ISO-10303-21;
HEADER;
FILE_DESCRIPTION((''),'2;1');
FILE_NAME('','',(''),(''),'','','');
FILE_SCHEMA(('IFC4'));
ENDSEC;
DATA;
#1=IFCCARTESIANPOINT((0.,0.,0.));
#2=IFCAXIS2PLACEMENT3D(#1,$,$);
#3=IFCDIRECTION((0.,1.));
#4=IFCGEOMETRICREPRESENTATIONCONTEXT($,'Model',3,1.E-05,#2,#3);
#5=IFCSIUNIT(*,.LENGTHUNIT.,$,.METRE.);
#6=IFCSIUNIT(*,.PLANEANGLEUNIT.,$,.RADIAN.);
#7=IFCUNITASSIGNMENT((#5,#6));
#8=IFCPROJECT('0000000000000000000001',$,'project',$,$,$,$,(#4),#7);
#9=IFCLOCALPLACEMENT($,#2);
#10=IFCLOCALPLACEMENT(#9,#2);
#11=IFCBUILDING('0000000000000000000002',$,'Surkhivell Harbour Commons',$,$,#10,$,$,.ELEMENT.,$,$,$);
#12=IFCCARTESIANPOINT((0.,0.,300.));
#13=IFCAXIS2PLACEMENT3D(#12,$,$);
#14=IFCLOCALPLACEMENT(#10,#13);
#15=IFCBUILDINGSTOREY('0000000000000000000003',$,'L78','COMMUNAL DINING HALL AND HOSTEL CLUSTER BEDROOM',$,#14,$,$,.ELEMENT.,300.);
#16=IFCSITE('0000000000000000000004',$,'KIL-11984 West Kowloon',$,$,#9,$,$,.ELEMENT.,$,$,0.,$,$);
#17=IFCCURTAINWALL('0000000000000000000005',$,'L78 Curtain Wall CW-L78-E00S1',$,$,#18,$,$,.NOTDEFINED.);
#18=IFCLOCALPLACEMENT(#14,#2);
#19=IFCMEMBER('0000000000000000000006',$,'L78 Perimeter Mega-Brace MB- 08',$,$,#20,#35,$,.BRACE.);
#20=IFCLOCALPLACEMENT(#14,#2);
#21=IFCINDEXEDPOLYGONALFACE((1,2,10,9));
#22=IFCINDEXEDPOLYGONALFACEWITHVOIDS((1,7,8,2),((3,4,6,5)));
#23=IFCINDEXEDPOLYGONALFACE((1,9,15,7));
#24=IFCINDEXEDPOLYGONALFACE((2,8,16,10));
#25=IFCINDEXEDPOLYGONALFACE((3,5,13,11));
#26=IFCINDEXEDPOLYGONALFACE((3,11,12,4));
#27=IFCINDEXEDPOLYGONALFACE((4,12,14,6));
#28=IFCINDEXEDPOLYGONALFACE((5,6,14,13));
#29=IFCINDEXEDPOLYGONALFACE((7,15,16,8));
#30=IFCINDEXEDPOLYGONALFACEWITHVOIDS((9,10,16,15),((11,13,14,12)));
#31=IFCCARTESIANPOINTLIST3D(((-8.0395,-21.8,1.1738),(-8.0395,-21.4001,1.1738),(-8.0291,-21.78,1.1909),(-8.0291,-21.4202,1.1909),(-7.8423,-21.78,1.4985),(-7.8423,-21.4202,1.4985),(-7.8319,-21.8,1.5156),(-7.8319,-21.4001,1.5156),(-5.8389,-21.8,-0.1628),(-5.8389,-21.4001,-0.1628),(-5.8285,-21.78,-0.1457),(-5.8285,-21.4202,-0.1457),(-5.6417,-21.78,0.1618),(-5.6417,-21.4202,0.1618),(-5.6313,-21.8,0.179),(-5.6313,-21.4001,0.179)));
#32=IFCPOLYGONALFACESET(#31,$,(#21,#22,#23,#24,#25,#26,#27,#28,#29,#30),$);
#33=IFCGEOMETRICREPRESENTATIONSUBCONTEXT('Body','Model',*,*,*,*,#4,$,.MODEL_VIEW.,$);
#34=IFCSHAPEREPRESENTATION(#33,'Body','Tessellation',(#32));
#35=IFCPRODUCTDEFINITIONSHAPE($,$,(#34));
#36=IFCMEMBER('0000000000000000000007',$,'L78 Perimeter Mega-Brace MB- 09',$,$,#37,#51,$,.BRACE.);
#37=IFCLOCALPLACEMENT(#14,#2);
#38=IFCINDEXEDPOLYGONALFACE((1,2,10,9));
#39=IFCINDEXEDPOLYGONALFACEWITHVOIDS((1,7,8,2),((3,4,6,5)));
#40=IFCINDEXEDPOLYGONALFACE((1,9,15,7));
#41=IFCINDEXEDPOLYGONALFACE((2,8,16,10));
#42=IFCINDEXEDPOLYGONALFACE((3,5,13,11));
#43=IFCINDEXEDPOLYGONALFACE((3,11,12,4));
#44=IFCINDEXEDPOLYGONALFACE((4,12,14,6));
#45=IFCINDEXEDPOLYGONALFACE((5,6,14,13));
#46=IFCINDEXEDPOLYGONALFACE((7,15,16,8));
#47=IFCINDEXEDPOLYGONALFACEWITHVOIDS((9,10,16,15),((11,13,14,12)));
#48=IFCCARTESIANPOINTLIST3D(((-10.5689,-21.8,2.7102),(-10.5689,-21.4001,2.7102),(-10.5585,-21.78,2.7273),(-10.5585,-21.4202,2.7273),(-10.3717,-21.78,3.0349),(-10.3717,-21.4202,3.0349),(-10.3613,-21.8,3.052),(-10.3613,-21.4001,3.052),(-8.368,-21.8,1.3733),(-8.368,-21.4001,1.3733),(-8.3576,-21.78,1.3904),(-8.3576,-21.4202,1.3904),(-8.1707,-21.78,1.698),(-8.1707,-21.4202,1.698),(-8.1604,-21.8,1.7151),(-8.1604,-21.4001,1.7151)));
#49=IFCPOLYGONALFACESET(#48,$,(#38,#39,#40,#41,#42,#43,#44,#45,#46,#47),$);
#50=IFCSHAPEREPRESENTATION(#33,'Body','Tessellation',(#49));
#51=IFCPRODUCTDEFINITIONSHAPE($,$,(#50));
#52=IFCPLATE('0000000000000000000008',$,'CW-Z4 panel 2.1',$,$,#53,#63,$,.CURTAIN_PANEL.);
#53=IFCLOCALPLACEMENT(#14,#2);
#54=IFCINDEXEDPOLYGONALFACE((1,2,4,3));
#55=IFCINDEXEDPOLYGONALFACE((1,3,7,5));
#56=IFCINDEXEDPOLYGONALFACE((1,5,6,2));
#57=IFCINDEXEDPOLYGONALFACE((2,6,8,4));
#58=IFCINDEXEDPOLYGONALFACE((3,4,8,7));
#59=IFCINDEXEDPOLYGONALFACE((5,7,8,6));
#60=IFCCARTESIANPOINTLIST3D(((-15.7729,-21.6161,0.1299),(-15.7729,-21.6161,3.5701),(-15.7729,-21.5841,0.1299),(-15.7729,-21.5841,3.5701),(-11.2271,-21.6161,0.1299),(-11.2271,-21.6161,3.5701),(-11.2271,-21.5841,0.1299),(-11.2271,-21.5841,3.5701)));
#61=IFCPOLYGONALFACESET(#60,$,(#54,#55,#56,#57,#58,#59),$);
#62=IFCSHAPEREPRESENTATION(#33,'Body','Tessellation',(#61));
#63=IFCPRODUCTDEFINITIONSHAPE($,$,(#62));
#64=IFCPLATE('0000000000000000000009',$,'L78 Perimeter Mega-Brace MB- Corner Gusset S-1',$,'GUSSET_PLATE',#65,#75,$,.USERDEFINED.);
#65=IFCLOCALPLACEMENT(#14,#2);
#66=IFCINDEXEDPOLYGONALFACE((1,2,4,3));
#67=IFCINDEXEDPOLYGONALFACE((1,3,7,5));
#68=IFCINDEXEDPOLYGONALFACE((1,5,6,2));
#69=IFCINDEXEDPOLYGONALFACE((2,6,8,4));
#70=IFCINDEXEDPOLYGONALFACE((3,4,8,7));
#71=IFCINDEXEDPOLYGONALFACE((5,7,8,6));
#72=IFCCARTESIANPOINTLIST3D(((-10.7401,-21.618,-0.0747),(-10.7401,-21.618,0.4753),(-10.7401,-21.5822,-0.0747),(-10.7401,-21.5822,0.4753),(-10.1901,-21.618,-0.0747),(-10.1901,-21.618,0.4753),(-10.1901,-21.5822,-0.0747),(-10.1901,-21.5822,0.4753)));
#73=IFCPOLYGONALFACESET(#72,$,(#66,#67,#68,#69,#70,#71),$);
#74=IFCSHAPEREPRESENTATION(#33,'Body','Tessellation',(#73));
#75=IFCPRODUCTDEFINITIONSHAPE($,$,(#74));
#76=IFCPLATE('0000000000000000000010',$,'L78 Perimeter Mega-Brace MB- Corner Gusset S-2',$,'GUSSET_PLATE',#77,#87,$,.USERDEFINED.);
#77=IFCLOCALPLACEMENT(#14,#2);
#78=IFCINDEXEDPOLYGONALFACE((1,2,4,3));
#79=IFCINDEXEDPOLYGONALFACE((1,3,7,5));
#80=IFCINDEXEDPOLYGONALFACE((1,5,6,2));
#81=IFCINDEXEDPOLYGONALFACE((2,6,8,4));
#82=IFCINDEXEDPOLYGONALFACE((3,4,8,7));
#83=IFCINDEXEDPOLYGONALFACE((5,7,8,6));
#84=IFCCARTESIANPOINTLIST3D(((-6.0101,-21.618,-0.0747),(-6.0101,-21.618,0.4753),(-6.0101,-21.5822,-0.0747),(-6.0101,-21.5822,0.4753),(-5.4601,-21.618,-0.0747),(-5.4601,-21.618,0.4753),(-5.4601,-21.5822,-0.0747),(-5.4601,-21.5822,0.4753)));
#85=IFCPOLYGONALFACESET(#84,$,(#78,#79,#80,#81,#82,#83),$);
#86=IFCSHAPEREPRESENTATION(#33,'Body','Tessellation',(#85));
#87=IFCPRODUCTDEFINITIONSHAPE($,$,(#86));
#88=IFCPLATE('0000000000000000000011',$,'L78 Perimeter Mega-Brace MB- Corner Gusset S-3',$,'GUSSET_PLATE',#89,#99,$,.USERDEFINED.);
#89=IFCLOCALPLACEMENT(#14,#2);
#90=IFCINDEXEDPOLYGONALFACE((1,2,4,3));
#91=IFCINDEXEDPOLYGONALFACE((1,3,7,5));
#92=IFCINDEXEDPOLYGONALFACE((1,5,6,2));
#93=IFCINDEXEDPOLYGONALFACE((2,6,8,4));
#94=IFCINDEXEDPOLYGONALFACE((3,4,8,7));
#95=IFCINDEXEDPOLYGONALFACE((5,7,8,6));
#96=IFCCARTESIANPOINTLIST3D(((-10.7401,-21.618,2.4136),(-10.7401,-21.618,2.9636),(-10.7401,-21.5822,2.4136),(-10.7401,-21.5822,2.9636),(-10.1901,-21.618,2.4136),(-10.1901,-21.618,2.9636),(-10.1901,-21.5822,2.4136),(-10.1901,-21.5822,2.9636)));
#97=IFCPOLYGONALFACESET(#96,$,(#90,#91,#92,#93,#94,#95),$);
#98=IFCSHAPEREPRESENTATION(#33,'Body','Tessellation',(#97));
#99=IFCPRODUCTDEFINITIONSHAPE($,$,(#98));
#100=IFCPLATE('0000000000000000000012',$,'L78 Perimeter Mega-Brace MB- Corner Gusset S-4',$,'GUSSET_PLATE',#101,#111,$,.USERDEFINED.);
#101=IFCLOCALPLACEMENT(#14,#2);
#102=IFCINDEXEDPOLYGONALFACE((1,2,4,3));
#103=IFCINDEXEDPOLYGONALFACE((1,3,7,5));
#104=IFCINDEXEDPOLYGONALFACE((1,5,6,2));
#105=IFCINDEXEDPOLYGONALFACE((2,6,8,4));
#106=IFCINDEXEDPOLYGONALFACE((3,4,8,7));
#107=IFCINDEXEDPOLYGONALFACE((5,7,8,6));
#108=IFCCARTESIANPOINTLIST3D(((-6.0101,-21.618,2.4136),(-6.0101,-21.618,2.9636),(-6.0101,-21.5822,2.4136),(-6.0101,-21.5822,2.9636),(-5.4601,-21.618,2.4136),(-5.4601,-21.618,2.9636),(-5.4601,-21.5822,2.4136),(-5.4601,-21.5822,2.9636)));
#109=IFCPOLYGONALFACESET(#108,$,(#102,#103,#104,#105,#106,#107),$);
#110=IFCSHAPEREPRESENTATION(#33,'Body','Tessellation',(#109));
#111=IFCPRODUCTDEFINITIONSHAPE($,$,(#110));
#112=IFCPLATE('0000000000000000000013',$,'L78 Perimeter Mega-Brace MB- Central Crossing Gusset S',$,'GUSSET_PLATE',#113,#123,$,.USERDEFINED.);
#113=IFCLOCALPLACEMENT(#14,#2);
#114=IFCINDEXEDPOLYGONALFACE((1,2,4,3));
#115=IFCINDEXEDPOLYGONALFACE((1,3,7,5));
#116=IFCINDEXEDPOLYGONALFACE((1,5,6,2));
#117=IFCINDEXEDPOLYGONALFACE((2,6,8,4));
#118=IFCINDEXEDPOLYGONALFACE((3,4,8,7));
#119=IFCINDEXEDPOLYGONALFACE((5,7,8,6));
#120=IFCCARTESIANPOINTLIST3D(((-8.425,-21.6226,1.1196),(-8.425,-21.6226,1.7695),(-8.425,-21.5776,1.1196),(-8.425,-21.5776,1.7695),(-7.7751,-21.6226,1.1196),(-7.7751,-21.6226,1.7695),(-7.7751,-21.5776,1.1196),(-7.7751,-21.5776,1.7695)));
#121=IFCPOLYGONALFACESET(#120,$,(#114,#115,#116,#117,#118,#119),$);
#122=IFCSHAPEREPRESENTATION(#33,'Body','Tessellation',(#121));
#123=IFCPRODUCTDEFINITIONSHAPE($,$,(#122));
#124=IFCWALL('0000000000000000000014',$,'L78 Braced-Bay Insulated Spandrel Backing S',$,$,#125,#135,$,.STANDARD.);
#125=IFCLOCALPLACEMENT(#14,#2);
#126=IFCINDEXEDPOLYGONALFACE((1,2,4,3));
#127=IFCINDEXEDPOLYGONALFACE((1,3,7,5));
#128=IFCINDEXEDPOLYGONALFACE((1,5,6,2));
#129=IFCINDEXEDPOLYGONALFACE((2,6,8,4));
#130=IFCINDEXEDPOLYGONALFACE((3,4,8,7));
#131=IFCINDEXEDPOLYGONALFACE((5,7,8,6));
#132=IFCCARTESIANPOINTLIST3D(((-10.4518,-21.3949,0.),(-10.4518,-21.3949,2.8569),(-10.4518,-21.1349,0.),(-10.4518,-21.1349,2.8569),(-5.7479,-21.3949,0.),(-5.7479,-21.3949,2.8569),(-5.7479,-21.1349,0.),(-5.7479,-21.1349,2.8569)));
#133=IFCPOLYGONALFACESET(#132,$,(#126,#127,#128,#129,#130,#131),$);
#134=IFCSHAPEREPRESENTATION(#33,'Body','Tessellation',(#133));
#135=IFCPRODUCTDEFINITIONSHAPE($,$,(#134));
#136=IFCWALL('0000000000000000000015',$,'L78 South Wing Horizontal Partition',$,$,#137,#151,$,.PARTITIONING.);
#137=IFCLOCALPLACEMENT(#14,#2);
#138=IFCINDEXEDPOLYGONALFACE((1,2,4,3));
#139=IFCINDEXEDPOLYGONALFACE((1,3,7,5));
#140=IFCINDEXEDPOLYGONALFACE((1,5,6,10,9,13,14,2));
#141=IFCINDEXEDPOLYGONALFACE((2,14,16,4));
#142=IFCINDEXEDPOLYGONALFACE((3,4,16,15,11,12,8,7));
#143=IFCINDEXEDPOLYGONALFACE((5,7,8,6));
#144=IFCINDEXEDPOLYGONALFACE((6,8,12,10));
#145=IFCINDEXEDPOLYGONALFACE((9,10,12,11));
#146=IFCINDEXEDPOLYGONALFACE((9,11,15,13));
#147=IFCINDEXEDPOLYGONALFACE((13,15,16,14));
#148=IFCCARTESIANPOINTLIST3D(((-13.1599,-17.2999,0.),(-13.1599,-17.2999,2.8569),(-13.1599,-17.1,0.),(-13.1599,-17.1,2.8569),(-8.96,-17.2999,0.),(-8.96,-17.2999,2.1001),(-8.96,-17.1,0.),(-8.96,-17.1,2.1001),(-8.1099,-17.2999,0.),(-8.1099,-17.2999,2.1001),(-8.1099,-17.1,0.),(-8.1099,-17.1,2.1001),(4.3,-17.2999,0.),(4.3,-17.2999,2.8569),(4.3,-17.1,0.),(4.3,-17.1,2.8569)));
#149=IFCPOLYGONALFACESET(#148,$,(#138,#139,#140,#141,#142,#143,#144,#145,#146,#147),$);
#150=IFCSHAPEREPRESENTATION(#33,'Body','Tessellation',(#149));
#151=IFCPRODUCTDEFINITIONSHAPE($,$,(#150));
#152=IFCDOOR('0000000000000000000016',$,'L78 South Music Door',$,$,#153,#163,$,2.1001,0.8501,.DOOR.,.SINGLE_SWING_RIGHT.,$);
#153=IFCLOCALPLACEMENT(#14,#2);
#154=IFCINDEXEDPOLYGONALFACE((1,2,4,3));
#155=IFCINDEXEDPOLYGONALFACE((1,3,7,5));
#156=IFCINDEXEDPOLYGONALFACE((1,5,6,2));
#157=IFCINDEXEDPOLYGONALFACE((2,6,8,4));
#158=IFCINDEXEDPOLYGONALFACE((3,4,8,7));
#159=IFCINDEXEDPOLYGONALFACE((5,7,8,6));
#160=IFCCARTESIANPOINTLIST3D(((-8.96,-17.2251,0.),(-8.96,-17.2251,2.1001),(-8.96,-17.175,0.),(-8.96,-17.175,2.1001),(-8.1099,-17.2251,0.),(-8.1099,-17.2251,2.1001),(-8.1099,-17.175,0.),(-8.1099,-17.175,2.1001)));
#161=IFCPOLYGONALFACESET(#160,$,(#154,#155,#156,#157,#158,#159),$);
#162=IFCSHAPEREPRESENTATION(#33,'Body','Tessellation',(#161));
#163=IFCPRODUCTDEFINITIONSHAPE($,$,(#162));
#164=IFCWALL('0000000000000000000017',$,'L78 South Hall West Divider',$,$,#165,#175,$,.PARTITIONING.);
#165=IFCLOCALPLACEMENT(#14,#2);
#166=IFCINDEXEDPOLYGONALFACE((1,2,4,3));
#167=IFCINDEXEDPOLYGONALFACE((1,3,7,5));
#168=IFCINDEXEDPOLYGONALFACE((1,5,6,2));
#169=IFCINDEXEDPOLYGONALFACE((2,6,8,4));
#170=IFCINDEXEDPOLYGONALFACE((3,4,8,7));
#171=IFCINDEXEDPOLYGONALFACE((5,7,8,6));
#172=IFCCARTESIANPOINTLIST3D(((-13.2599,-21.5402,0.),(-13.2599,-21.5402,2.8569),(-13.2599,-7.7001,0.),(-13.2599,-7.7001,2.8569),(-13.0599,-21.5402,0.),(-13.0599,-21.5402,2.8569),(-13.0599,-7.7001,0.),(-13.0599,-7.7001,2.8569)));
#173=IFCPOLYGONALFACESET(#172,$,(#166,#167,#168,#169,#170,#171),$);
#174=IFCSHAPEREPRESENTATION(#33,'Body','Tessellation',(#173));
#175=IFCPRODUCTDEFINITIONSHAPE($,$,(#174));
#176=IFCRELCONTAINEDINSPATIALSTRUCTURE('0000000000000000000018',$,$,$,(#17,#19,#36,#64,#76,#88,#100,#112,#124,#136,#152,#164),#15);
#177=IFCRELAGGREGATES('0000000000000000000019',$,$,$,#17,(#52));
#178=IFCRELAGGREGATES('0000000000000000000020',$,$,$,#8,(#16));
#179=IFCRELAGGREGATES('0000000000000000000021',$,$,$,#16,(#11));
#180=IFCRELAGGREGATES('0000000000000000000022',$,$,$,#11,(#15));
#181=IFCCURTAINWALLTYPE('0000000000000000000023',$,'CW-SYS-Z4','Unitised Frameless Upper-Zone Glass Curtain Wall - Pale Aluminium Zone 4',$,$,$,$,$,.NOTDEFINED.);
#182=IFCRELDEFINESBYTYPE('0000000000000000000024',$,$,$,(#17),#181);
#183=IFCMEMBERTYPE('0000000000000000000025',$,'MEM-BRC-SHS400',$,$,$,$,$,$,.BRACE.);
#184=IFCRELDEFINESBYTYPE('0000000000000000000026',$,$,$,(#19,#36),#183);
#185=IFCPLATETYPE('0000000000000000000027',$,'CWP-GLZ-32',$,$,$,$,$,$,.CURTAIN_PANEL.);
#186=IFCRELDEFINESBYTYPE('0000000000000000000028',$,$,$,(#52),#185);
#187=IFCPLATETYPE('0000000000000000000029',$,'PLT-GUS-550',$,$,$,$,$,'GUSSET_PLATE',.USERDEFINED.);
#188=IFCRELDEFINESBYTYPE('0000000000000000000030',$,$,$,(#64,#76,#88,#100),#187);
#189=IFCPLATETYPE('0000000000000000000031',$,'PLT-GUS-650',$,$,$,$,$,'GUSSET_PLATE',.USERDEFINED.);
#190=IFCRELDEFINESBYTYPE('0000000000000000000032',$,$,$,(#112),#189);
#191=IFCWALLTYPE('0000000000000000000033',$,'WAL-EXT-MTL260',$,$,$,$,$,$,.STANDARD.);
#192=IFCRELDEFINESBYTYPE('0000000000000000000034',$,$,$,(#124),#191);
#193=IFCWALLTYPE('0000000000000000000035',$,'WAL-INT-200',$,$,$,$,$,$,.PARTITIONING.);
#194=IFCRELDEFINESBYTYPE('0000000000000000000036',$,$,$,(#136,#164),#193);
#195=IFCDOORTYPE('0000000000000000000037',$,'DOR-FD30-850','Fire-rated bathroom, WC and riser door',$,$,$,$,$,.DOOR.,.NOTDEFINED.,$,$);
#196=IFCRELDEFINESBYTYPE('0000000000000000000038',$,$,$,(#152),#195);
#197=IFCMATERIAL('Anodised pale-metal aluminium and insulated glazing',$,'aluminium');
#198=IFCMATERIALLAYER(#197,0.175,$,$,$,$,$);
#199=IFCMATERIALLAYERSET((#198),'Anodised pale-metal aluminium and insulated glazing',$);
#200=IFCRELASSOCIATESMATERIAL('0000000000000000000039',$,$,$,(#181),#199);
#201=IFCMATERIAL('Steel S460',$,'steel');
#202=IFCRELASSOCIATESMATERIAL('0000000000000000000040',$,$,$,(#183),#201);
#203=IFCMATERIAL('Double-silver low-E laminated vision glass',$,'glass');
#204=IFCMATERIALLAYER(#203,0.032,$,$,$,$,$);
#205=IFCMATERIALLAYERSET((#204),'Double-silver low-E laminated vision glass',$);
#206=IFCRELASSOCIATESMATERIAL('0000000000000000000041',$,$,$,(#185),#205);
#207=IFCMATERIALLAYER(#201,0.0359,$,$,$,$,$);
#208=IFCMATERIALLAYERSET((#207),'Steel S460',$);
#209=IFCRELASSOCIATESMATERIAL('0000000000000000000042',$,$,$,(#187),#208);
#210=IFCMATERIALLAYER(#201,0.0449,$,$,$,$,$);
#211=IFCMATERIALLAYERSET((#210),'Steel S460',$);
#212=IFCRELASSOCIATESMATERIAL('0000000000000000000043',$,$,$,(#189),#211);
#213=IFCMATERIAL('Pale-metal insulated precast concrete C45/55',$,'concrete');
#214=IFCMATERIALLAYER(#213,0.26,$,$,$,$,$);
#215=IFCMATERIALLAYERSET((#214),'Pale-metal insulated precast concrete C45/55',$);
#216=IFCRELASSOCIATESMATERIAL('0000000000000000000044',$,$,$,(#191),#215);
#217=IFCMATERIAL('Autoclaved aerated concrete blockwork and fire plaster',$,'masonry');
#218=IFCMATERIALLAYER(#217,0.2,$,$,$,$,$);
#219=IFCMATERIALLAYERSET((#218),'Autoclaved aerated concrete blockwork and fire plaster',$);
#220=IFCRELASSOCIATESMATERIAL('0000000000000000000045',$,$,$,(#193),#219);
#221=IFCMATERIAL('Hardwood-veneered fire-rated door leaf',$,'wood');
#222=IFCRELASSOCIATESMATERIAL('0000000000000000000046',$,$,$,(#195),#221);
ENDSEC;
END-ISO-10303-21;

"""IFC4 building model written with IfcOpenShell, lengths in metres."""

from ifc_helpers import new_model, si_unit, direction, frame, frame_2d, origin, origin_2d, place, context, subcontext, project, spatial, rectangle, hollow_rectangle, extrude, material, layer, layer_set, material_profile, profile_set, type_object, element, fill, aggregate, save


model = new_model("IFC4")

# Units and contexts
model_context = context("Model", 3, precision=1e-05, world=origin(), true_north=direction((0.0, 1.0)))
body_context = subcontext(model_context, "Body", "Model", "MODEL_VIEW")
ifc_project = project(units=[si_unit("LENGTHUNIT", "METRE"), si_unit("PLANEANGLEUNIT", "RADIAN")], contexts=[model_context])

# Site, building, storey
site_placement = place(None, origin())
site = spatial("IfcSite", under=ifc_project, at=site_placement, Name="KIL-11984 West Kowloon", CompositionType="ELEMENT", RefElevation=0.0)
building_placement = place(site_placement, origin())
building = spatial("IfcBuilding", under=site, at=building_placement, Name="Surkhivell Harbour Commons", CompositionType="ELEMENT")
storey_placement = place(building_placement, frame((0.0, 0.0, 300.0)))
storey = spatial("IfcBuildingStorey", under=building, at=storey_placement, Name="L78", Description="COMMUNAL DINING HALL AND HOSTEL CLUSTER BEDROOM", CompositionType="ELEMENT", Elevation=300.0)

# Curtain wall
ifc_material_1 = material(Name="Anodised pale-metal aluminium and insulated glazing", Category="aluminium")
ifc_layer_1 = layer(ifc_material_1, 0.175)
ifc_layer_set_1 = layer_set([ifc_layer_1], Name="Anodised pale-metal aluminium and insulated glazing")
curtain_wall_type = type_object("IfcCurtainWallType", Name="CW-SYS-Z4", Description="Unitised Frameless Upper-Zone Glass Curtain Wall - Pale Aluminium Zone 4", PredefinedType="NOTDEFINED", material=ifc_layer_set_1)
curtain_wall_placement = place(storey_placement, origin())
curtain_wall = element("IfcCurtainWall", 1, at=curtain_wall_placement, inside=storey, type_object=curtain_wall_type, Name="L78 Curtain Wall CW-L78-E00S1", PredefinedType="NOTDEFINED")

# Members
ifc_material_2 = material(Name="Steel S460", Category="steel")
ifc_material_profile_1 = material_profile(ifc_material_2, hollow_rectangle(XDim=0.3999, YDim=0.3999, WallThickness=0.02, at=origin_2d()), Name="SHS400x400x20")
ifc_profile_set_1 = profile_set([ifc_material_profile_1], Name="Steel S460")
member_type_1 = type_object("IfcMemberType", Name="MEM-BRC-SHS400", PredefinedType="BRACE", material=ifc_profile_set_1)
member_1_placement = place(storey_placement, frame((-5.7351, -21.6001, 0.0081), z_axis=(-0.854694, 0.0, 0.519132), x_axis=(0.0, -1.0, 0.0)))
element("IfcMember", 2, at=member_1_placement, inside=storey, type_object=member_type_1, Name="L78 Perimeter Mega-Brace MB- 08", PredefinedType="BRACE", context=body_context, shape_type="SweptSolid", body=[
    extrude(hollow_rectangle(XDim=0.3999, YDim=0.3999, WallThickness=0.02, at=origin_2d()), origin(), (0.0, 0.0, 1.0), 2.5747),
])
member_2_placement = place(storey_placement, frame((-8.2642, -21.6001, 1.5442), z_axis=(-0.854678, 0.0, 0.519159), x_axis=(0.0, -1.0, 0.0)))
element("IfcMember", 3, at=member_2_placement, inside=storey, type_object=member_type_1, Name="L78 Perimeter Mega-Brace MB- 09", PredefinedType="BRACE", context=body_context, shape_type="SweptSolid", body=[
    extrude(hollow_rectangle(XDim=0.3999, YDim=0.3999, WallThickness=0.02, at=origin_2d()), origin(), (0.0, 0.0, 1.0), 2.5752),
])

# Plate
ifc_material_3 = material(Name="Double-silver low-E laminated vision glass", Category="glass")
ifc_layer_2 = layer(ifc_material_3, 0.032)
ifc_layer_set_2 = layer_set([ifc_layer_2], Name="Double-silver low-E laminated vision glass")
plate_type_1 = type_object("IfcPlateType", Name="CWP-GLZ-32", PredefinedType="CURTAIN_PANEL", material=ifc_layer_set_2)
plate_1_placement = place(storey_placement, frame((-15.7729, -21.6001, 0.1299), z_axis=(0.0, 0.0, 1.0), x_axis=(1.0, 0.0, 0.0)))
plate_1 = element("IfcPlate", 4, at=plate_1_placement, type_object=plate_type_1, Name="CW-Z4 panel 2.1", PredefinedType="CURTAIN_PANEL", context=body_context, shape_type="SweptSolid", body=[
    extrude(rectangle(XDim=4.5459, YDim=0.032, at=frame_2d((2.2729, 0.0))), origin(), (0.0, 0.0, 1.0), 3.4402),
])
aggregate(curtain_wall, [plate_1])

# Plates
ifc_layer_3 = layer(ifc_material_2, 0.0359)
ifc_layer_set_3 = layer_set([ifc_layer_3], Name="Steel S460")
plate_type_2 = type_object("IfcPlateType", Name="PLT-GUS-550", ElementType="GUSSET_PLATE", PredefinedType="USERDEFINED", material=ifc_layer_set_3)
for number, where, z_axis, x_axis, name in (
    (5, (-10.4651, -21.6001, -0.0747), (0.0, 0.0, 1.0), (1.0, 0.0, 0.0), "L78 Perimeter Mega-Brace MB- Corner Gusset S-1"),
    (6, (-5.7351, -21.6001, -0.0747), (0.0, 0.0, 1.0), (1.0, 0.0, 0.0), "L78 Perimeter Mega-Brace MB- Corner Gusset S-2"),
    (7, (-10.4651, -21.6001, 2.4136), (0.0, 0.0, 1.0), (1.0, 0.0, 0.0), "L78 Perimeter Mega-Brace MB- Corner Gusset S-3"),
    (8, (-5.7351, -21.6001, 2.4136), (0.0, 0.0, 1.0), (1.0, 0.0, 0.0), "L78 Perimeter Mega-Brace MB- Corner Gusset S-4"),
):
    element("IfcPlate", number, at=place(storey_placement, frame(where, z_axis=z_axis, x_axis=x_axis)), inside=storey, type_object=plate_type_2, Name=name, ObjectType="GUSSET_PLATE", PredefinedType="USERDEFINED", context=body_context, shape_type="SweptSolid", body=[
        extrude(rectangle(XDim=0.55, YDim=0.0359, at=origin_2d()), origin(), (0.0, 0.0, 1.0), 0.55),
    ])
ifc_layer_4 = layer(ifc_material_2, 0.0449)
ifc_layer_set_4 = layer_set([ifc_layer_4], Name="Steel S460")
plate_type_3 = type_object("IfcPlateType", Name="PLT-GUS-650", ElementType="GUSSET_PLATE", PredefinedType="USERDEFINED", material=ifc_layer_set_4)
plate_2_placement = place(storey_placement, frame((-8.1001, -21.6001, 1.1196), z_axis=(0.0, 0.0, 1.0), x_axis=(1.0, 0.0, 0.0)))
element("IfcPlate", 9, at=plate_2_placement, inside=storey, type_object=plate_type_3, Name="L78 Perimeter Mega-Brace MB- Central Crossing Gusset S", ObjectType="GUSSET_PLATE", PredefinedType="USERDEFINED", context=body_context, shape_type="SweptSolid", body=[
    extrude(rectangle(XDim=0.6499, YDim=0.0449, at=origin_2d()), origin(), (0.0, 0.0, 1.0), 0.6499),
])

# Wall
ifc_material_4 = material(Name="Pale-metal insulated precast concrete C45/55", Category="concrete")
ifc_layer_5 = layer(ifc_material_4, 0.26)
ifc_layer_set_5 = layer_set([ifc_layer_5], Name="Pale-metal insulated precast concrete C45/55")
wall_type_1 = type_object("IfcWallType", Name="WAL-EXT-MTL260", PredefinedType="STANDARD", material=ifc_layer_set_5)
wall_1_placement = place(storey_placement, frame((-10.4519, -21.2649, 0.0), z_axis=(0.0, 0.0, 1.0), x_axis=(1.0, 0.0, 0.0)))
element("IfcWall", 10, at=wall_1_placement, inside=storey, type_object=wall_type_1, Name="L78 Braced-Bay Insulated Spandrel Backing S", PredefinedType="STANDARD", context=body_context, shape_type="SweptSolid", body=[
    extrude(rectangle(XDim=4.7039, YDim=0.26, at=frame_2d((2.3521, 0.0))), origin(), (0.0, 0.0, 1.0), 2.8569),
])

# Wall, opening, door
ifc_material_5 = material(Name="Autoclaved aerated concrete blockwork and fire plaster", Category="masonry")
ifc_layer_6 = layer(ifc_material_5, 0.2)
ifc_layer_set_6 = layer_set([ifc_layer_6], Name="Autoclaved aerated concrete blockwork and fire plaster")
wall_type_2 = type_object("IfcWallType", Name="WAL-INT-200", PredefinedType="PARTITIONING", material=ifc_layer_set_6)
wall_2_placement = place(storey_placement, frame((-13.1599, -17.2, 0.0), z_axis=(0.0, 0.0, 1.0), x_axis=(1.0, 0.0, 0.0)))
wall_2 = element("IfcWall", 11, at=wall_2_placement, inside=storey, type_object=wall_type_2, Name="L78 South Wing Horizontal Partition", PredefinedType="PARTITIONING", context=body_context, shape_type="SweptSolid", body=[
    extrude(rectangle(XDim=17.46, YDim=0.2, at=frame_2d((8.73, 0.0))), origin(), (0.0, 0.0, 1.0), 2.8569),
])
opening_placement = place(wall_2_placement, frame((4.2, 0.0, 0.0)))
opening = element("IfcOpeningElement", 12, at=opening_placement, cuts=wall_2, PredefinedType="OPENING", context=body_context, shape_type="SweptSolid", body=[
    extrude(rectangle(XDim=0.8501, YDim=2.1001, at=frame_2d((0.425, 1.05))), frame((0.0, 0.1099, 0.0), z_axis=(0.0, -1.0, 0.0), x_axis=(1.0, 0.0, 0.0)), (0.0, 0.0, 1.0), 0.22),
])
ifc_material_6 = material(Name="Hardwood-veneered fire-rated door leaf", Category="wood")
door_type = type_object("IfcDoorType", Name="DOR-FD30-850", Description="Fire-rated bathroom, WC and riser door", OperationType="NOTDEFINED", PredefinedType="DOOR", material=ifc_material_6)
door_placement = place(opening_placement, origin())
door = element("IfcDoor", 13, at=door_placement, inside=storey, type_object=door_type, Name="L78 South Music Door", OperationType="SINGLE_SWING_RIGHT", OverallHeight=2.1001, OverallWidth=0.8501, PredefinedType="DOOR", context=body_context, shape_type="SweptSolid", body=[
    extrude(rectangle(XDim=0.8501, YDim=2.1001, at=frame_2d((0.425, 1.05))), frame((0.0, 0.0249, 0.0), z_axis=(0.0, -1.0, 0.0), x_axis=(1.0, 0.0, 0.0)), (0.0, 0.0, 1.0), 0.05),
])
fill(opening, door)

# Wall
wall_3_placement = place(storey_placement, frame((-13.1599, -21.54, 0.0), z_axis=(0.0, 0.0, 1.0), x_axis=(0.0, 1.0, 0.0)))
element("IfcWall", 14, at=wall_3_placement, inside=storey, type_object=wall_type_2, Name="L78 South Hall West Divider", PredefinedType="PARTITIONING", context=body_context, shape_type="SweptSolid", body=[
    extrude(rectangle(XDim=13.8401, YDim=0.2, at=frame_2d((6.9199, 0.0))), origin(), (0.0, 0.0, 1.0), 2.8569),
])

save(model, "model.ifc")
